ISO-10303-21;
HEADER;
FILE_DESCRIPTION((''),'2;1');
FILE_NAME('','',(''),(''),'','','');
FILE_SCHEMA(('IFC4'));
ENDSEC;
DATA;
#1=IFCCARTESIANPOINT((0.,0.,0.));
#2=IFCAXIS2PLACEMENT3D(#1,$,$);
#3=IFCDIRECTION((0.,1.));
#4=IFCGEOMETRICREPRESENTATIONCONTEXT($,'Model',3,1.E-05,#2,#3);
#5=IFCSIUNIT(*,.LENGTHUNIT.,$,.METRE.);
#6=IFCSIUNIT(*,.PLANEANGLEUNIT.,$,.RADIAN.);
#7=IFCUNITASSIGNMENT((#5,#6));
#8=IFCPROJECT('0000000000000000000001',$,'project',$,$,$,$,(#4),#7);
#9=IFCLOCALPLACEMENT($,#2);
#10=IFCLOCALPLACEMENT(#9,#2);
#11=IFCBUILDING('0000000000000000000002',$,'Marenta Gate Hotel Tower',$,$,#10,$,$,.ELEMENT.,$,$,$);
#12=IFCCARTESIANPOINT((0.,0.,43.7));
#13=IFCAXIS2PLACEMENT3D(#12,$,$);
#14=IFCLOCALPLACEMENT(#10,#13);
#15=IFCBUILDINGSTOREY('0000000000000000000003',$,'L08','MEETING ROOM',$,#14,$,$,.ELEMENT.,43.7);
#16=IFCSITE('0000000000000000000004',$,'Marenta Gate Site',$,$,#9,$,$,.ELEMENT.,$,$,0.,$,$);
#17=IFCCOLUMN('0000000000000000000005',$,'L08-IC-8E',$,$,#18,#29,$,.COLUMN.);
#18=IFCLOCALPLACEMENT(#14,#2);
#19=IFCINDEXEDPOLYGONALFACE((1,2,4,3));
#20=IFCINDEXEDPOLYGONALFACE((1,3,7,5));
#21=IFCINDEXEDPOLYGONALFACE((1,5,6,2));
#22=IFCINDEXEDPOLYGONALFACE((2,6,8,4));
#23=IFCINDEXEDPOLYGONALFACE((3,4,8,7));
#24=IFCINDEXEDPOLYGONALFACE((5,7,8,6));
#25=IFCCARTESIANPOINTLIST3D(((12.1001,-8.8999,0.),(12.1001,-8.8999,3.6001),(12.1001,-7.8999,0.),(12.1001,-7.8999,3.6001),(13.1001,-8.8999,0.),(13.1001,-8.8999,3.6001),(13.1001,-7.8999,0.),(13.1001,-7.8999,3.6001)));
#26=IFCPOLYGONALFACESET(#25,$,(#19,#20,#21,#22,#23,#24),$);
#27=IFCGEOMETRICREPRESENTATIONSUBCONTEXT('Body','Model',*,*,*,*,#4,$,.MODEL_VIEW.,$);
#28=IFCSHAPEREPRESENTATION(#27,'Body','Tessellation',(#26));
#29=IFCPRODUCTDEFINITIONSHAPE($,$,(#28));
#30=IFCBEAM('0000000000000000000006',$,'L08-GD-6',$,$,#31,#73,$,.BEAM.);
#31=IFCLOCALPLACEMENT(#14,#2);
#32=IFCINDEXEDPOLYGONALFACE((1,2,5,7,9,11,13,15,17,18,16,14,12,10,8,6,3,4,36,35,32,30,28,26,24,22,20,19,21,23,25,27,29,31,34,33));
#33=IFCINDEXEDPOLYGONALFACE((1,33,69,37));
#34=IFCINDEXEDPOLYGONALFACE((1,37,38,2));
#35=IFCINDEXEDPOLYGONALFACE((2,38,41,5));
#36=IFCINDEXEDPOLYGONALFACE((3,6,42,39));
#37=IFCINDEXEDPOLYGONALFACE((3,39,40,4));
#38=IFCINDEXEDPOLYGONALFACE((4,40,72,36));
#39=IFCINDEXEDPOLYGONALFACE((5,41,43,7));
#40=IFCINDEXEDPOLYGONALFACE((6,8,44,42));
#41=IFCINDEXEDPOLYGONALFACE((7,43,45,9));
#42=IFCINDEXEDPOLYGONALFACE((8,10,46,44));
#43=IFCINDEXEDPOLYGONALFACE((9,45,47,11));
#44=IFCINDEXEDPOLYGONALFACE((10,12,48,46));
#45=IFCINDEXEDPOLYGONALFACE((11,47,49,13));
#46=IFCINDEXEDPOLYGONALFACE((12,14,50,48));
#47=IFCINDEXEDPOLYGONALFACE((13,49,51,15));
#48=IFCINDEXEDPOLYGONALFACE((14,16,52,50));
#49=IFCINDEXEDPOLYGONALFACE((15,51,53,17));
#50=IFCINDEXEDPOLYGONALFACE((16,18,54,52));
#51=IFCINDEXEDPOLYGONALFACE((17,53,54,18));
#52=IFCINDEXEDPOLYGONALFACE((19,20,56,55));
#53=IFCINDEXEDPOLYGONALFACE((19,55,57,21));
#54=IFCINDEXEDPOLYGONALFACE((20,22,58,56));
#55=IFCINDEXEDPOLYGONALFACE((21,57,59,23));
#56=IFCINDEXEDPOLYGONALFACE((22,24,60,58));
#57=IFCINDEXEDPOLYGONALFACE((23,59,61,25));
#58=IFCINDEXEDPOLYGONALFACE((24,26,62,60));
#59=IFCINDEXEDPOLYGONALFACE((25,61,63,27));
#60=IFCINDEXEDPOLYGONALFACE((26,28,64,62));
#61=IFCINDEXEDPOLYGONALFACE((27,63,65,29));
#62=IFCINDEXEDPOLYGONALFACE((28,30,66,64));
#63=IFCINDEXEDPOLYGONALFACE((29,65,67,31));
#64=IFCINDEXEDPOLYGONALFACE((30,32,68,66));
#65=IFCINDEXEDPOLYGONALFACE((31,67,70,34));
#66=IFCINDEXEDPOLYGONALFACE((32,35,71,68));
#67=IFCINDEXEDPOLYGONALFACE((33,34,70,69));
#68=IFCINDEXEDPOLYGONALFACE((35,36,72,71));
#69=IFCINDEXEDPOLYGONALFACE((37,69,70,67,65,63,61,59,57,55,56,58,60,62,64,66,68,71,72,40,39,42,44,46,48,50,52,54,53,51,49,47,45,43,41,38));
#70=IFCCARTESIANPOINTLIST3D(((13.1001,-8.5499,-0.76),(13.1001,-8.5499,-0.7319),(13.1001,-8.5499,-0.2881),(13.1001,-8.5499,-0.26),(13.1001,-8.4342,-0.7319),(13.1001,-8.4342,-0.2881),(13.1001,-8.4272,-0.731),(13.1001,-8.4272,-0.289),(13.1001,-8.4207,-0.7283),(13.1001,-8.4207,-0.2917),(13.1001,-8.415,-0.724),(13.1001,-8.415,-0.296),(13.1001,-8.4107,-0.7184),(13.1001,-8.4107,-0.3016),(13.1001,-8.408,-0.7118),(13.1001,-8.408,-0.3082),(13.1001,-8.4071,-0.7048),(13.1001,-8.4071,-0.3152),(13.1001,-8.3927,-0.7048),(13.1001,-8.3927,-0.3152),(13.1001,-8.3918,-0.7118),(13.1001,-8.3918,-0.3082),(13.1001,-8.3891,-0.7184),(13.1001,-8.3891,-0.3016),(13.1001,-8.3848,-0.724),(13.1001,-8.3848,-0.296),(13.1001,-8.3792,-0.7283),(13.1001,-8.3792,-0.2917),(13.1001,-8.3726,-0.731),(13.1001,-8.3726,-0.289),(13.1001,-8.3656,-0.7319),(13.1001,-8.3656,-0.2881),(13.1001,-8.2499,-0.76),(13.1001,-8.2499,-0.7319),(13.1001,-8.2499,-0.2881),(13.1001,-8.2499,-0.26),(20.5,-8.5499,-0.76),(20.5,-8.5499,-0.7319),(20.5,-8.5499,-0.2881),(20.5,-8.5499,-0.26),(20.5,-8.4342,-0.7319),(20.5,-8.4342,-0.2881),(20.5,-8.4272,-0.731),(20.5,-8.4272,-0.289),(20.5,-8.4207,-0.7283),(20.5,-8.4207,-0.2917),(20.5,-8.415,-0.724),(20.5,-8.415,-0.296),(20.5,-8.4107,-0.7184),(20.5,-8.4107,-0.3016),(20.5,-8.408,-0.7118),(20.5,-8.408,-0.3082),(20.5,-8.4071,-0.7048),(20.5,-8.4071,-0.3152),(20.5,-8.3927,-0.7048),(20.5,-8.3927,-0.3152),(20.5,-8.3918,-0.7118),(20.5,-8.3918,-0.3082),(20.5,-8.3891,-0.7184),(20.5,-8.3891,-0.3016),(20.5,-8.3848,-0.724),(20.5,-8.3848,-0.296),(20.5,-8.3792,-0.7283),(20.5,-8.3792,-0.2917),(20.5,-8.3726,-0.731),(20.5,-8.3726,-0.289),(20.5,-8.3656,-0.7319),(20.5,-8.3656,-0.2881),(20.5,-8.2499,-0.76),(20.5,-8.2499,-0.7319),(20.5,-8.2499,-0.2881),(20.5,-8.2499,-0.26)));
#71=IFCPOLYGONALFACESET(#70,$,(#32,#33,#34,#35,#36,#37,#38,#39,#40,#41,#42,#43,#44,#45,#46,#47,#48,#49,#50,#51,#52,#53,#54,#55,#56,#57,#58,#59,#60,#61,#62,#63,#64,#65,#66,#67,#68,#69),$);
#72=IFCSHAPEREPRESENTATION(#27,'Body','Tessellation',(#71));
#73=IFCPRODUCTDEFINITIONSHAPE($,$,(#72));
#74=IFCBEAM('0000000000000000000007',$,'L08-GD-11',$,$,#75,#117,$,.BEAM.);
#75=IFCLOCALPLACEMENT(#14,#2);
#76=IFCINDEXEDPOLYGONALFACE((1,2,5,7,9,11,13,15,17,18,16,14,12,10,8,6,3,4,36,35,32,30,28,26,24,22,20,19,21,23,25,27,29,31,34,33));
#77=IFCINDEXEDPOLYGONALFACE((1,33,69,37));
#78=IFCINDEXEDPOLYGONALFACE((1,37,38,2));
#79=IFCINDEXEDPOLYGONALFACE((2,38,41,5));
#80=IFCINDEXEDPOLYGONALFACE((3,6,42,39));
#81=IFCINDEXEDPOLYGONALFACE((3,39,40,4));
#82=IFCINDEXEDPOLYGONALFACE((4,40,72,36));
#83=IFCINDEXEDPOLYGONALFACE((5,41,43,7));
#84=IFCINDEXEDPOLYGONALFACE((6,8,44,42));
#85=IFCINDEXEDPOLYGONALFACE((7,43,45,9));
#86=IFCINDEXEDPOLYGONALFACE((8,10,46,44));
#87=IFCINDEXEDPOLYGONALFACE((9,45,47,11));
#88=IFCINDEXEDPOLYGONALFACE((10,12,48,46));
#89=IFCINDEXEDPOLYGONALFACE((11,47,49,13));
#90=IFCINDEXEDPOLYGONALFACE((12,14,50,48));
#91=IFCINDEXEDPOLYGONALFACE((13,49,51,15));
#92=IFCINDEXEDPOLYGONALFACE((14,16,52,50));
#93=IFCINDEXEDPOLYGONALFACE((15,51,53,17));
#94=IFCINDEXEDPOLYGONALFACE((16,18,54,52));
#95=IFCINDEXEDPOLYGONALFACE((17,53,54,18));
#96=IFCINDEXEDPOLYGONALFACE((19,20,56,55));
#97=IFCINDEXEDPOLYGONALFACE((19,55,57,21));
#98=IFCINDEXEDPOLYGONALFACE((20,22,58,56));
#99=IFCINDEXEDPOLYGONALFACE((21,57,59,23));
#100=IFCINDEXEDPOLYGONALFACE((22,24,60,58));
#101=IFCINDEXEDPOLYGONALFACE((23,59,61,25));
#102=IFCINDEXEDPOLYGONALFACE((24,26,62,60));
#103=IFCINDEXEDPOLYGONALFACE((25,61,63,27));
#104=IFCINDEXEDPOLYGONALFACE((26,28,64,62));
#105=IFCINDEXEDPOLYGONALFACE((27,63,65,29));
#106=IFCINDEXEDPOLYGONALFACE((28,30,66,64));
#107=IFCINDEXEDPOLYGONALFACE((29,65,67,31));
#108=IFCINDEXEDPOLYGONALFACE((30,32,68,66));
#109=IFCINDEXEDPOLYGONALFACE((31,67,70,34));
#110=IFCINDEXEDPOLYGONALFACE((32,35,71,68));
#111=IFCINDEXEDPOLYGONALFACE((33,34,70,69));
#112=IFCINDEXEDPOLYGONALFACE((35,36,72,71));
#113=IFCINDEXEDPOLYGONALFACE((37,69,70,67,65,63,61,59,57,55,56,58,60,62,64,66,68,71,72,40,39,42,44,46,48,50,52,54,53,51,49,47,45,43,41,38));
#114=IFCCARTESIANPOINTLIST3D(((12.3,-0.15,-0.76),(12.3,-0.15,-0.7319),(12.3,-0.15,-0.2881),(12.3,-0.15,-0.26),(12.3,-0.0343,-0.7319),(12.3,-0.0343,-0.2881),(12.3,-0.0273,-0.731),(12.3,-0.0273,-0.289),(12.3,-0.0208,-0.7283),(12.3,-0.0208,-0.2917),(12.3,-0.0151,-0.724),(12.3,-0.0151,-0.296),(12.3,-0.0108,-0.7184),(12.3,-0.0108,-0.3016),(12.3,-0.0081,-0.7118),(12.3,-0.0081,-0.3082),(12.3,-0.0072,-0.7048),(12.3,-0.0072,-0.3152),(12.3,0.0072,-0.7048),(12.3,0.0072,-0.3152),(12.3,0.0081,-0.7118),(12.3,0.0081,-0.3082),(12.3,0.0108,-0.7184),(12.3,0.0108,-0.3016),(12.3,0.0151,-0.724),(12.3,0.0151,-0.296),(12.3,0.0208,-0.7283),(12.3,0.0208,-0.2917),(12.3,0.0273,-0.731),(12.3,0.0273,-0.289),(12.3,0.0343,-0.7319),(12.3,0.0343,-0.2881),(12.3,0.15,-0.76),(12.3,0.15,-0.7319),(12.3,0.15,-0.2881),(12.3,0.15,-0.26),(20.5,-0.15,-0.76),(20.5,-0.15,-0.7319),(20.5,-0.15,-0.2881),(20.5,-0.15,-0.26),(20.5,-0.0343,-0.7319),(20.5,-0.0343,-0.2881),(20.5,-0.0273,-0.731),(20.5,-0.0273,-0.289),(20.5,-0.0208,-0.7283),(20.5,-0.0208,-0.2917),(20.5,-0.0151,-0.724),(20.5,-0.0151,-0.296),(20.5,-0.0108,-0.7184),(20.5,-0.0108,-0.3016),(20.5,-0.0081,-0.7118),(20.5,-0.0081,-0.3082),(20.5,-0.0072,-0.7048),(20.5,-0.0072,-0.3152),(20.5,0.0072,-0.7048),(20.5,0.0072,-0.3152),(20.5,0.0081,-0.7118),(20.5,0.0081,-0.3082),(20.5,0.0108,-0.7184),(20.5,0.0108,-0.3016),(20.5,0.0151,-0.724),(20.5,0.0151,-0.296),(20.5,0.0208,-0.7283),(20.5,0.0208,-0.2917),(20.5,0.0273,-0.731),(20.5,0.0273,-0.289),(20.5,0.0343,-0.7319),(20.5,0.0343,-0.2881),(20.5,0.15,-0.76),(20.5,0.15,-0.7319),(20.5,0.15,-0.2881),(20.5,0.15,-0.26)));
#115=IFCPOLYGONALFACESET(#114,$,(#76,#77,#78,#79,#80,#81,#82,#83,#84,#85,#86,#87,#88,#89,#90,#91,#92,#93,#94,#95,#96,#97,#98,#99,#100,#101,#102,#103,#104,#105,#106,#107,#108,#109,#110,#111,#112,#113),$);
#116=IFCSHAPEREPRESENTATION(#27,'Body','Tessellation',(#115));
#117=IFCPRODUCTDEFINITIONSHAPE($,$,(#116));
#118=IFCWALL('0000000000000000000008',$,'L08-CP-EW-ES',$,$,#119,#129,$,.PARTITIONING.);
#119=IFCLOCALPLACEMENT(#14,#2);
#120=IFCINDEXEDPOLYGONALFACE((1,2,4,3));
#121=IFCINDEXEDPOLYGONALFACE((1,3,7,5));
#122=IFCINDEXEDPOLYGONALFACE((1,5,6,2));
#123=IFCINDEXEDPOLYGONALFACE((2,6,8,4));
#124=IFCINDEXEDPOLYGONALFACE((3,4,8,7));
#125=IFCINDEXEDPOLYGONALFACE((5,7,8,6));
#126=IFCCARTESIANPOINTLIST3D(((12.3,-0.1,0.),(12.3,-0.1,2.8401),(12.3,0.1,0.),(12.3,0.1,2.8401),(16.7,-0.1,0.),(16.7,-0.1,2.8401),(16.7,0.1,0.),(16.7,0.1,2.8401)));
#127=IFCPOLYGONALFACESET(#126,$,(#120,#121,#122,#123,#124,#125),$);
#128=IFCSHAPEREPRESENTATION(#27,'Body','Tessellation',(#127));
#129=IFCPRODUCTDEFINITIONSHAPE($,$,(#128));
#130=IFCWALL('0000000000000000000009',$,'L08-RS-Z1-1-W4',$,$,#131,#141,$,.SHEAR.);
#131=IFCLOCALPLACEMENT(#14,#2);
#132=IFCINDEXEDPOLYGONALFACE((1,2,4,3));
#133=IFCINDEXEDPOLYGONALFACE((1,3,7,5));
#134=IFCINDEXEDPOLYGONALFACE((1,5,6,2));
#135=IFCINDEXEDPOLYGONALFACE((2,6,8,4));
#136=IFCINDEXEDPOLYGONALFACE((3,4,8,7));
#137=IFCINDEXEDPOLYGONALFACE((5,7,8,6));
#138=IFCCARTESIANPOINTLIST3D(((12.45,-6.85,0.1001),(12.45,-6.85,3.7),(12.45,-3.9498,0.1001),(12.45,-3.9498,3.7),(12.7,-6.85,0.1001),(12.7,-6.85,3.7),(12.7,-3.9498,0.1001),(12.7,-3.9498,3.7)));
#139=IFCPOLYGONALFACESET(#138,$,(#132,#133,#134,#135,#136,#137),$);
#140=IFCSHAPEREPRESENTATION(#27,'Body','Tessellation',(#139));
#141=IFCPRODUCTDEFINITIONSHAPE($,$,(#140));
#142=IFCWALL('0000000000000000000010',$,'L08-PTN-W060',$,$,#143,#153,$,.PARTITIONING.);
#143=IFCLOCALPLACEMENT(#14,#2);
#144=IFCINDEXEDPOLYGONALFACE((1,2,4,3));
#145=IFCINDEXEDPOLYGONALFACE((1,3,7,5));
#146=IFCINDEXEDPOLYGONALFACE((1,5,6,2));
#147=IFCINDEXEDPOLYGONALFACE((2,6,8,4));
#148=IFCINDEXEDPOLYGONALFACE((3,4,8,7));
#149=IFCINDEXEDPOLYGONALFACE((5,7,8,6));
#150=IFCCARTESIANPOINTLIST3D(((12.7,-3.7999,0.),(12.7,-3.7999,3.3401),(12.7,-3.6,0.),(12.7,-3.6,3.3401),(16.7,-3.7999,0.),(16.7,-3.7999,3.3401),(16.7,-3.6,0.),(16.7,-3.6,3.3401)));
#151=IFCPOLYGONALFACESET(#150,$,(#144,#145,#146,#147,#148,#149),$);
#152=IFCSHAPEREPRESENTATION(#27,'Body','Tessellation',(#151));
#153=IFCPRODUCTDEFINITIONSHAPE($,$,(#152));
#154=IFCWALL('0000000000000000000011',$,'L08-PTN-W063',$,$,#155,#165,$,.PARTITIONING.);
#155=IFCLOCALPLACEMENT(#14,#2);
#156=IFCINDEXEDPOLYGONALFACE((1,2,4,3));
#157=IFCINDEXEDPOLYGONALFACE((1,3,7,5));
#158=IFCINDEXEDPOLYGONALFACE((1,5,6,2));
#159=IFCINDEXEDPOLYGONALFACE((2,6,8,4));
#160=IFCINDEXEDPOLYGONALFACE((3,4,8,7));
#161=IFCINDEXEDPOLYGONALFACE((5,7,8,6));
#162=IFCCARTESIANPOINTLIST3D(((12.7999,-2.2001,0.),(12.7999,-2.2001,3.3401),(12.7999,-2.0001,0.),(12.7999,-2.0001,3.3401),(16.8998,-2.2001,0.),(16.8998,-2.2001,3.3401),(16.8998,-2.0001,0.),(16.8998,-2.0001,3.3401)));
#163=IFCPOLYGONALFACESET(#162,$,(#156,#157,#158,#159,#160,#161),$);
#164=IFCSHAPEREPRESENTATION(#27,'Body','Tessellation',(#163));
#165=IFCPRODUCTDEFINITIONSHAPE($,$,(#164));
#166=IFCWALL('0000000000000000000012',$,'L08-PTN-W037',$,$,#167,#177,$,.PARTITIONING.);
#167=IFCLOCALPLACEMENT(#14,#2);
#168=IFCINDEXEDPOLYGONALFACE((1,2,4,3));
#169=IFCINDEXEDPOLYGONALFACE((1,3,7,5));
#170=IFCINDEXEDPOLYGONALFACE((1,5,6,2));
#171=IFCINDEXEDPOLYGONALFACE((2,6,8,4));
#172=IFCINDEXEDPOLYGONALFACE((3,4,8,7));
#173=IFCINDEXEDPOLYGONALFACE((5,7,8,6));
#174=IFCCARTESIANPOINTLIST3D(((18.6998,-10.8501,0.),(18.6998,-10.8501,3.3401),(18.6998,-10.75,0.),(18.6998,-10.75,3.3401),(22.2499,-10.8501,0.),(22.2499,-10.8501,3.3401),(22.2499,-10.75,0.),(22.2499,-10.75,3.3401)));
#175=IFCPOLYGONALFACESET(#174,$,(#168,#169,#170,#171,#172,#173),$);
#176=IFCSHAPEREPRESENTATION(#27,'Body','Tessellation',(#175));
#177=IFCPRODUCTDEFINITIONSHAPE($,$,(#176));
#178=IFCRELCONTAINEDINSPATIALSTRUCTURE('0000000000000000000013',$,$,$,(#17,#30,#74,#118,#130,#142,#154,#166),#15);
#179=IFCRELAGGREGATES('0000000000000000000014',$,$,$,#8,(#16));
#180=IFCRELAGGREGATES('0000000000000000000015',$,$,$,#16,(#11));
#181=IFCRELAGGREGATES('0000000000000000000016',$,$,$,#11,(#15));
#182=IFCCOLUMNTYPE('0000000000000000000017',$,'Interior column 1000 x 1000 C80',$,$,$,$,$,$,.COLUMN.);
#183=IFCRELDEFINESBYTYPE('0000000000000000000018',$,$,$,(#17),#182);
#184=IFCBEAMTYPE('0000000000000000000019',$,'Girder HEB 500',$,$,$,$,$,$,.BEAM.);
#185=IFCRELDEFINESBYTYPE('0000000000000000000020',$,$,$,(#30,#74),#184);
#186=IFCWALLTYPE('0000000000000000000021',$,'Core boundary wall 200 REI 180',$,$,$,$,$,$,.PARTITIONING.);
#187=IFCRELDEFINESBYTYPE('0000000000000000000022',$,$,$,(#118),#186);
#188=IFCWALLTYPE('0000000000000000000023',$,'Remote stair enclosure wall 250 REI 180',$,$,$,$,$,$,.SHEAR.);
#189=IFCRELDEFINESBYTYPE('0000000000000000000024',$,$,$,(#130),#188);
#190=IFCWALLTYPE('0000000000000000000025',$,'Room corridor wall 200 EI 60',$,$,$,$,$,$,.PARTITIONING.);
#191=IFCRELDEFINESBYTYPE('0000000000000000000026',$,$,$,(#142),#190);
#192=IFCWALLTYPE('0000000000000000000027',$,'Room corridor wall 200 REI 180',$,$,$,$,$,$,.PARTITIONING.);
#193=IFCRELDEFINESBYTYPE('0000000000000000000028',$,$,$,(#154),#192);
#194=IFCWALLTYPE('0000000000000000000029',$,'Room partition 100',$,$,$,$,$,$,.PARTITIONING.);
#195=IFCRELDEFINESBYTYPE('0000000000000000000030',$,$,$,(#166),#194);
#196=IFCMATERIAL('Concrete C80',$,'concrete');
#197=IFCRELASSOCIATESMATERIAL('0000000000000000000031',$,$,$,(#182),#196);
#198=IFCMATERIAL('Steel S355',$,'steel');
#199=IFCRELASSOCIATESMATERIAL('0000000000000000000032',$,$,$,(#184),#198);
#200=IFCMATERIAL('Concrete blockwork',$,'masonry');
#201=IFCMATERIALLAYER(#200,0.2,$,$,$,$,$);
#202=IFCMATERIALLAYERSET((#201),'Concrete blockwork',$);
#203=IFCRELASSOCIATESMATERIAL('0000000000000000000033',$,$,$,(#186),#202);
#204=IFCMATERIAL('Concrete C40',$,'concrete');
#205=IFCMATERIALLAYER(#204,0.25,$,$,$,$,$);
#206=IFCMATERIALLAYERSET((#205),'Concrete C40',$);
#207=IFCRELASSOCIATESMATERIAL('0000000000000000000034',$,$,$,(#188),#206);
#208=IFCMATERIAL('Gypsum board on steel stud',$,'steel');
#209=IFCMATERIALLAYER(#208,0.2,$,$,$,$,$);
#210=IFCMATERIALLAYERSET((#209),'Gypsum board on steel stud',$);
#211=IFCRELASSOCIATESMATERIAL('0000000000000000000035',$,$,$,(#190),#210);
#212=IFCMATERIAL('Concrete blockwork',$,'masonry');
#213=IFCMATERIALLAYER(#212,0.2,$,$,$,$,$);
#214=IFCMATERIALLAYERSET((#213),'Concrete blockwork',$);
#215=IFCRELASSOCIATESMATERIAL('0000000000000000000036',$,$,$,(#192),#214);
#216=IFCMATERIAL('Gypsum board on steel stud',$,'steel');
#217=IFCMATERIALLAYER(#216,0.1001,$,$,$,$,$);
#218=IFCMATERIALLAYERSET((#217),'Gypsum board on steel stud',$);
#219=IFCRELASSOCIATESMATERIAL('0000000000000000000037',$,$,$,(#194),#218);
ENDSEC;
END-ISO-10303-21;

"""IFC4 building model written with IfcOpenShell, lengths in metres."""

from ifc_helpers import new_model, si_unit, direction, frame, frame_2d, origin, origin_2d, place, context, subcontext, project, spatial, rectangle, i_section, extrude, material, layer, layer_set, material_profile, profile_set, type_object, element, save


model = new_model("IFC4")

# Units and contexts
model_context = context("Model", 3, precision=1e-05, world=origin(), true_north=direction((0.0, 1.0)))
body_context = subcontext(model_context, "Body", "Model", "MODEL_VIEW")
ifc_project = project(units=[si_unit("LENGTHUNIT", "METRE"), si_unit("PLANEANGLEUNIT", "RADIAN")], contexts=[model_context])

# Site, building, storey
site_placement = place(None, origin())
site = spatial("IfcSite", under=ifc_project, at=site_placement, Name="Marenta Gate Site", CompositionType="ELEMENT", RefElevation=0.0)
building_placement = place(site_placement, origin())
building = spatial("IfcBuilding", under=site, at=building_placement, Name="Marenta Gate Hotel Tower", CompositionType="ELEMENT")
storey_placement = place(building_placement, frame((0.0, 0.0, 43.7)))
storey = spatial("IfcBuildingStorey", under=building, at=storey_placement, Name="L08", Description="MEETING ROOM", CompositionType="ELEMENT", Elevation=43.7)

# Column
ifc_material_1 = material(Name="Concrete C80", Category="concrete")
ifc_material_profile_1 = material_profile(ifc_material_1, rectangle(XDim=1.0, YDim=1.0, at=origin_2d()), Name="1000 x 1000")
ifc_profile_set_1 = profile_set([ifc_material_profile_1], Name="Concrete C80")
column_type = type_object("IfcColumnType", Name="Interior column 1000 x 1000 C80", PredefinedType="COLUMN", material=ifc_profile_set_1)
column_placement = place(storey_placement, frame((12.6001, -8.3999, 0.0), z_axis=(0.0, 0.0, 1.0), x_axis=(1.0, 0.0, 0.0)))
element("IfcColumn", 1, at=column_placement, inside=storey, type_object=column_type, Name="L08-IC-8E", PredefinedType="COLUMN", context=body_context, shape_type="SweptSolid", body=[
    extrude(rectangle(XDim=1.0, YDim=1.0, at=origin_2d()), origin(), (0.0, 0.0, 1.0), 3.6001),
])

# Beams
ifc_material_2 = material(Name="Steel S355", Category="steel")
ifc_material_profile_2 = material_profile(ifc_material_2, i_section(OverallWidth=0.3, OverallDepth=0.5, WebThickness=0.0144, FlangeThickness=0.0281, FilletRadius=0.0271, at=origin_2d()), Name="HEB 500")
ifc_profile_set_2 = profile_set([ifc_material_profile_2], Name="Steel S355")
beam_type = type_object("IfcBeamType", Name="Girder HEB 500", PredefinedType="BEAM", material=ifc_profile_set_2)
beam_1_placement = place(storey_placement, frame((13.1001, -8.3999, -0.51), z_axis=(1.0, 0.0, 0.0), x_axis=(0.0, 1.0, 0.0)))
element("IfcBeam", 2, at=beam_1_placement, inside=storey, type_object=beam_type, Name="L08-GD-6", PredefinedType="BEAM", context=body_context, shape_type="SweptSolid", body=[
    extrude(i_section(OverallWidth=0.3, OverallDepth=0.5, WebThickness=0.0144, FlangeThickness=0.0281, FilletRadius=0.0271, at=origin_2d()), origin(), (0.0, 0.0, 1.0), 7.3999),
])
beam_2_placement = place(storey_placement, frame((12.3, 0.0, -0.51), z_axis=(1.0, 0.0, 0.0), x_axis=(0.0, 1.0, 0.0)))
element("IfcBeam", 3, at=beam_2_placement, inside=storey, type_object=beam_type, Name="L08-GD-11", PredefinedType="BEAM", context=body_context, shape_type="SweptSolid", body=[
    extrude(i_section(OverallWidth=0.3, OverallDepth=0.5, WebThickness=0.0144, FlangeThickness=0.0281, FilletRadius=0.0271, at=origin_2d()), origin(), (0.0, 0.0, 1.0), 8.2),
])

# Shared definitions
ifc_material_3 = material(Name="Concrete blockwork", Category="masonry")
ifc_layer_1 = layer(ifc_material_3, 0.2)
ifc_layer_set_1 = layer_set([ifc_layer_1], Name="Concrete blockwork")
wall_type_1 = type_object("IfcWallType", Name="Core boundary wall 200 REI 180", PredefinedType="PARTITIONING", material=ifc_layer_set_1)

# Walls
wall_1_placement = place(storey_placement, frame((12.3, 0.0, 0.0), z_axis=(0.0, 0.0, 1.0), x_axis=(1.0, 0.0, 0.0)))
element("IfcWall", 4, at=wall_1_placement, inside=storey, type_object=wall_type_1, Name="L08-CP-EW-ES", PredefinedType="PARTITIONING", context=body_context, shape_type="SweptSolid", body=[
    extrude(rectangle(XDim=4.3999, YDim=0.2, at=frame_2d((2.2, 0.0))), origin(), (0.0, 0.0, 1.0), 2.8401),
])
ifc_material_4 = material(Name="Concrete C40", Category="concrete")
ifc_layer_2 = layer(ifc_material_4, 0.25)
ifc_layer_set_2 = layer_set([ifc_layer_2], Name="Concrete C40")
wall_type_2 = type_object("IfcWallType", Name="Remote stair enclosure wall 250 REI 180", PredefinedType="SHEAR", material=ifc_layer_set_2)
wall_2_placement = place(storey_placement, frame((12.575, -6.8501, 0.1001), z_axis=(0.0, 0.0, 1.0), x_axis=(0.0, 1.0, 0.0)))
element("IfcWall", 5, at=wall_2_placement, inside=storey, type_object=wall_type_2, Name="L08-RS-Z1-1-W4", PredefinedType="SHEAR", context=body_context, shape_type="SweptSolid", body=[
    extrude(rectangle(XDim=2.9001, YDim=0.25, at=frame_2d((1.4502, 0.0))), origin(), (0.0, 0.0, 1.0), 3.5999),
])

# Shared definitions
ifc_material_5 = material(Name="Gypsum board on steel stud", Category="steel")
ifc_layer_3 = layer(ifc_material_5, 0.2)
ifc_layer_set_3 = layer_set([ifc_layer_3], Name="Gypsum board on steel stud")
wall_type_3 = type_object("IfcWallType", Name="Room corridor wall 200 EI 60", PredefinedType="PARTITIONING", material=ifc_layer_set_3)

# Wall
wall_3_placement = place(storey_placement, frame((12.7, -3.7, 0.0), z_axis=(0.0, 0.0, 1.0), x_axis=(1.0, 0.0, 0.0)))
element("IfcWall", 6, at=wall_3_placement, inside=storey, type_object=wall_type_3, Name="L08-PTN-W060", PredefinedType="PARTITIONING", context=body_context, shape_type="SweptSolid", body=[
    extrude(rectangle(XDim=4.0, YDim=0.2, at=frame_2d((2.0, 0.0))), origin(), (0.0, 0.0, 1.0), 3.3401),
])

# Shared definitions
ifc_material_6 = material(Name="Concrete blockwork", Category="masonry")
ifc_layer_4 = layer(ifc_material_6, 0.2)
ifc_layer_set_4 = layer_set([ifc_layer_4], Name="Concrete blockwork")
wall_type_4 = type_object("IfcWallType", Name="Room corridor wall 200 REI 180", PredefinedType="PARTITIONING", material=ifc_layer_set_4)

# Walls
wall_4_placement = place(storey_placement, frame((12.8, -2.1001, 0.0), z_axis=(0.0, 0.0, 1.0), x_axis=(1.0, 0.0, 0.0)))
element("IfcWall", 7, at=wall_4_placement, inside=storey, type_object=wall_type_4, Name="L08-PTN-W063", PredefinedType="PARTITIONING", context=body_context, shape_type="SweptSolid", body=[
    extrude(rectangle(XDim=4.0999, YDim=0.2, at=frame_2d((2.0498, 0.0))), origin(), (0.0, 0.0, 1.0), 3.3401),
])
ifc_material_7 = material(Name="Gypsum board on steel stud", Category="steel")
ifc_layer_5 = layer(ifc_material_7, 0.1001)
ifc_layer_set_5 = layer_set([ifc_layer_5], Name="Gypsum board on steel stud")
wall_type_5 = type_object("IfcWallType", Name="Room partition 100", PredefinedType="PARTITIONING", material=ifc_layer_set_5)
wall_5_placement = place(storey_placement, frame((18.7, -10.8, 0.0), z_axis=(0.0, 0.0, 1.0), x_axis=(1.0, 0.0, 0.0)))
element("IfcWall", 8, at=wall_5_placement, inside=storey, type_object=wall_type_5, Name="L08-PTN-W037", PredefinedType="PARTITIONING", context=body_context, shape_type="SweptSolid", body=[
    extrude(rectangle(XDim=3.55, YDim=0.1001, at=frame_2d((1.7749, 0.0))), origin(), (0.0, 0.0, 1.0), 3.3401),
])

save(model, "model.ifc")
